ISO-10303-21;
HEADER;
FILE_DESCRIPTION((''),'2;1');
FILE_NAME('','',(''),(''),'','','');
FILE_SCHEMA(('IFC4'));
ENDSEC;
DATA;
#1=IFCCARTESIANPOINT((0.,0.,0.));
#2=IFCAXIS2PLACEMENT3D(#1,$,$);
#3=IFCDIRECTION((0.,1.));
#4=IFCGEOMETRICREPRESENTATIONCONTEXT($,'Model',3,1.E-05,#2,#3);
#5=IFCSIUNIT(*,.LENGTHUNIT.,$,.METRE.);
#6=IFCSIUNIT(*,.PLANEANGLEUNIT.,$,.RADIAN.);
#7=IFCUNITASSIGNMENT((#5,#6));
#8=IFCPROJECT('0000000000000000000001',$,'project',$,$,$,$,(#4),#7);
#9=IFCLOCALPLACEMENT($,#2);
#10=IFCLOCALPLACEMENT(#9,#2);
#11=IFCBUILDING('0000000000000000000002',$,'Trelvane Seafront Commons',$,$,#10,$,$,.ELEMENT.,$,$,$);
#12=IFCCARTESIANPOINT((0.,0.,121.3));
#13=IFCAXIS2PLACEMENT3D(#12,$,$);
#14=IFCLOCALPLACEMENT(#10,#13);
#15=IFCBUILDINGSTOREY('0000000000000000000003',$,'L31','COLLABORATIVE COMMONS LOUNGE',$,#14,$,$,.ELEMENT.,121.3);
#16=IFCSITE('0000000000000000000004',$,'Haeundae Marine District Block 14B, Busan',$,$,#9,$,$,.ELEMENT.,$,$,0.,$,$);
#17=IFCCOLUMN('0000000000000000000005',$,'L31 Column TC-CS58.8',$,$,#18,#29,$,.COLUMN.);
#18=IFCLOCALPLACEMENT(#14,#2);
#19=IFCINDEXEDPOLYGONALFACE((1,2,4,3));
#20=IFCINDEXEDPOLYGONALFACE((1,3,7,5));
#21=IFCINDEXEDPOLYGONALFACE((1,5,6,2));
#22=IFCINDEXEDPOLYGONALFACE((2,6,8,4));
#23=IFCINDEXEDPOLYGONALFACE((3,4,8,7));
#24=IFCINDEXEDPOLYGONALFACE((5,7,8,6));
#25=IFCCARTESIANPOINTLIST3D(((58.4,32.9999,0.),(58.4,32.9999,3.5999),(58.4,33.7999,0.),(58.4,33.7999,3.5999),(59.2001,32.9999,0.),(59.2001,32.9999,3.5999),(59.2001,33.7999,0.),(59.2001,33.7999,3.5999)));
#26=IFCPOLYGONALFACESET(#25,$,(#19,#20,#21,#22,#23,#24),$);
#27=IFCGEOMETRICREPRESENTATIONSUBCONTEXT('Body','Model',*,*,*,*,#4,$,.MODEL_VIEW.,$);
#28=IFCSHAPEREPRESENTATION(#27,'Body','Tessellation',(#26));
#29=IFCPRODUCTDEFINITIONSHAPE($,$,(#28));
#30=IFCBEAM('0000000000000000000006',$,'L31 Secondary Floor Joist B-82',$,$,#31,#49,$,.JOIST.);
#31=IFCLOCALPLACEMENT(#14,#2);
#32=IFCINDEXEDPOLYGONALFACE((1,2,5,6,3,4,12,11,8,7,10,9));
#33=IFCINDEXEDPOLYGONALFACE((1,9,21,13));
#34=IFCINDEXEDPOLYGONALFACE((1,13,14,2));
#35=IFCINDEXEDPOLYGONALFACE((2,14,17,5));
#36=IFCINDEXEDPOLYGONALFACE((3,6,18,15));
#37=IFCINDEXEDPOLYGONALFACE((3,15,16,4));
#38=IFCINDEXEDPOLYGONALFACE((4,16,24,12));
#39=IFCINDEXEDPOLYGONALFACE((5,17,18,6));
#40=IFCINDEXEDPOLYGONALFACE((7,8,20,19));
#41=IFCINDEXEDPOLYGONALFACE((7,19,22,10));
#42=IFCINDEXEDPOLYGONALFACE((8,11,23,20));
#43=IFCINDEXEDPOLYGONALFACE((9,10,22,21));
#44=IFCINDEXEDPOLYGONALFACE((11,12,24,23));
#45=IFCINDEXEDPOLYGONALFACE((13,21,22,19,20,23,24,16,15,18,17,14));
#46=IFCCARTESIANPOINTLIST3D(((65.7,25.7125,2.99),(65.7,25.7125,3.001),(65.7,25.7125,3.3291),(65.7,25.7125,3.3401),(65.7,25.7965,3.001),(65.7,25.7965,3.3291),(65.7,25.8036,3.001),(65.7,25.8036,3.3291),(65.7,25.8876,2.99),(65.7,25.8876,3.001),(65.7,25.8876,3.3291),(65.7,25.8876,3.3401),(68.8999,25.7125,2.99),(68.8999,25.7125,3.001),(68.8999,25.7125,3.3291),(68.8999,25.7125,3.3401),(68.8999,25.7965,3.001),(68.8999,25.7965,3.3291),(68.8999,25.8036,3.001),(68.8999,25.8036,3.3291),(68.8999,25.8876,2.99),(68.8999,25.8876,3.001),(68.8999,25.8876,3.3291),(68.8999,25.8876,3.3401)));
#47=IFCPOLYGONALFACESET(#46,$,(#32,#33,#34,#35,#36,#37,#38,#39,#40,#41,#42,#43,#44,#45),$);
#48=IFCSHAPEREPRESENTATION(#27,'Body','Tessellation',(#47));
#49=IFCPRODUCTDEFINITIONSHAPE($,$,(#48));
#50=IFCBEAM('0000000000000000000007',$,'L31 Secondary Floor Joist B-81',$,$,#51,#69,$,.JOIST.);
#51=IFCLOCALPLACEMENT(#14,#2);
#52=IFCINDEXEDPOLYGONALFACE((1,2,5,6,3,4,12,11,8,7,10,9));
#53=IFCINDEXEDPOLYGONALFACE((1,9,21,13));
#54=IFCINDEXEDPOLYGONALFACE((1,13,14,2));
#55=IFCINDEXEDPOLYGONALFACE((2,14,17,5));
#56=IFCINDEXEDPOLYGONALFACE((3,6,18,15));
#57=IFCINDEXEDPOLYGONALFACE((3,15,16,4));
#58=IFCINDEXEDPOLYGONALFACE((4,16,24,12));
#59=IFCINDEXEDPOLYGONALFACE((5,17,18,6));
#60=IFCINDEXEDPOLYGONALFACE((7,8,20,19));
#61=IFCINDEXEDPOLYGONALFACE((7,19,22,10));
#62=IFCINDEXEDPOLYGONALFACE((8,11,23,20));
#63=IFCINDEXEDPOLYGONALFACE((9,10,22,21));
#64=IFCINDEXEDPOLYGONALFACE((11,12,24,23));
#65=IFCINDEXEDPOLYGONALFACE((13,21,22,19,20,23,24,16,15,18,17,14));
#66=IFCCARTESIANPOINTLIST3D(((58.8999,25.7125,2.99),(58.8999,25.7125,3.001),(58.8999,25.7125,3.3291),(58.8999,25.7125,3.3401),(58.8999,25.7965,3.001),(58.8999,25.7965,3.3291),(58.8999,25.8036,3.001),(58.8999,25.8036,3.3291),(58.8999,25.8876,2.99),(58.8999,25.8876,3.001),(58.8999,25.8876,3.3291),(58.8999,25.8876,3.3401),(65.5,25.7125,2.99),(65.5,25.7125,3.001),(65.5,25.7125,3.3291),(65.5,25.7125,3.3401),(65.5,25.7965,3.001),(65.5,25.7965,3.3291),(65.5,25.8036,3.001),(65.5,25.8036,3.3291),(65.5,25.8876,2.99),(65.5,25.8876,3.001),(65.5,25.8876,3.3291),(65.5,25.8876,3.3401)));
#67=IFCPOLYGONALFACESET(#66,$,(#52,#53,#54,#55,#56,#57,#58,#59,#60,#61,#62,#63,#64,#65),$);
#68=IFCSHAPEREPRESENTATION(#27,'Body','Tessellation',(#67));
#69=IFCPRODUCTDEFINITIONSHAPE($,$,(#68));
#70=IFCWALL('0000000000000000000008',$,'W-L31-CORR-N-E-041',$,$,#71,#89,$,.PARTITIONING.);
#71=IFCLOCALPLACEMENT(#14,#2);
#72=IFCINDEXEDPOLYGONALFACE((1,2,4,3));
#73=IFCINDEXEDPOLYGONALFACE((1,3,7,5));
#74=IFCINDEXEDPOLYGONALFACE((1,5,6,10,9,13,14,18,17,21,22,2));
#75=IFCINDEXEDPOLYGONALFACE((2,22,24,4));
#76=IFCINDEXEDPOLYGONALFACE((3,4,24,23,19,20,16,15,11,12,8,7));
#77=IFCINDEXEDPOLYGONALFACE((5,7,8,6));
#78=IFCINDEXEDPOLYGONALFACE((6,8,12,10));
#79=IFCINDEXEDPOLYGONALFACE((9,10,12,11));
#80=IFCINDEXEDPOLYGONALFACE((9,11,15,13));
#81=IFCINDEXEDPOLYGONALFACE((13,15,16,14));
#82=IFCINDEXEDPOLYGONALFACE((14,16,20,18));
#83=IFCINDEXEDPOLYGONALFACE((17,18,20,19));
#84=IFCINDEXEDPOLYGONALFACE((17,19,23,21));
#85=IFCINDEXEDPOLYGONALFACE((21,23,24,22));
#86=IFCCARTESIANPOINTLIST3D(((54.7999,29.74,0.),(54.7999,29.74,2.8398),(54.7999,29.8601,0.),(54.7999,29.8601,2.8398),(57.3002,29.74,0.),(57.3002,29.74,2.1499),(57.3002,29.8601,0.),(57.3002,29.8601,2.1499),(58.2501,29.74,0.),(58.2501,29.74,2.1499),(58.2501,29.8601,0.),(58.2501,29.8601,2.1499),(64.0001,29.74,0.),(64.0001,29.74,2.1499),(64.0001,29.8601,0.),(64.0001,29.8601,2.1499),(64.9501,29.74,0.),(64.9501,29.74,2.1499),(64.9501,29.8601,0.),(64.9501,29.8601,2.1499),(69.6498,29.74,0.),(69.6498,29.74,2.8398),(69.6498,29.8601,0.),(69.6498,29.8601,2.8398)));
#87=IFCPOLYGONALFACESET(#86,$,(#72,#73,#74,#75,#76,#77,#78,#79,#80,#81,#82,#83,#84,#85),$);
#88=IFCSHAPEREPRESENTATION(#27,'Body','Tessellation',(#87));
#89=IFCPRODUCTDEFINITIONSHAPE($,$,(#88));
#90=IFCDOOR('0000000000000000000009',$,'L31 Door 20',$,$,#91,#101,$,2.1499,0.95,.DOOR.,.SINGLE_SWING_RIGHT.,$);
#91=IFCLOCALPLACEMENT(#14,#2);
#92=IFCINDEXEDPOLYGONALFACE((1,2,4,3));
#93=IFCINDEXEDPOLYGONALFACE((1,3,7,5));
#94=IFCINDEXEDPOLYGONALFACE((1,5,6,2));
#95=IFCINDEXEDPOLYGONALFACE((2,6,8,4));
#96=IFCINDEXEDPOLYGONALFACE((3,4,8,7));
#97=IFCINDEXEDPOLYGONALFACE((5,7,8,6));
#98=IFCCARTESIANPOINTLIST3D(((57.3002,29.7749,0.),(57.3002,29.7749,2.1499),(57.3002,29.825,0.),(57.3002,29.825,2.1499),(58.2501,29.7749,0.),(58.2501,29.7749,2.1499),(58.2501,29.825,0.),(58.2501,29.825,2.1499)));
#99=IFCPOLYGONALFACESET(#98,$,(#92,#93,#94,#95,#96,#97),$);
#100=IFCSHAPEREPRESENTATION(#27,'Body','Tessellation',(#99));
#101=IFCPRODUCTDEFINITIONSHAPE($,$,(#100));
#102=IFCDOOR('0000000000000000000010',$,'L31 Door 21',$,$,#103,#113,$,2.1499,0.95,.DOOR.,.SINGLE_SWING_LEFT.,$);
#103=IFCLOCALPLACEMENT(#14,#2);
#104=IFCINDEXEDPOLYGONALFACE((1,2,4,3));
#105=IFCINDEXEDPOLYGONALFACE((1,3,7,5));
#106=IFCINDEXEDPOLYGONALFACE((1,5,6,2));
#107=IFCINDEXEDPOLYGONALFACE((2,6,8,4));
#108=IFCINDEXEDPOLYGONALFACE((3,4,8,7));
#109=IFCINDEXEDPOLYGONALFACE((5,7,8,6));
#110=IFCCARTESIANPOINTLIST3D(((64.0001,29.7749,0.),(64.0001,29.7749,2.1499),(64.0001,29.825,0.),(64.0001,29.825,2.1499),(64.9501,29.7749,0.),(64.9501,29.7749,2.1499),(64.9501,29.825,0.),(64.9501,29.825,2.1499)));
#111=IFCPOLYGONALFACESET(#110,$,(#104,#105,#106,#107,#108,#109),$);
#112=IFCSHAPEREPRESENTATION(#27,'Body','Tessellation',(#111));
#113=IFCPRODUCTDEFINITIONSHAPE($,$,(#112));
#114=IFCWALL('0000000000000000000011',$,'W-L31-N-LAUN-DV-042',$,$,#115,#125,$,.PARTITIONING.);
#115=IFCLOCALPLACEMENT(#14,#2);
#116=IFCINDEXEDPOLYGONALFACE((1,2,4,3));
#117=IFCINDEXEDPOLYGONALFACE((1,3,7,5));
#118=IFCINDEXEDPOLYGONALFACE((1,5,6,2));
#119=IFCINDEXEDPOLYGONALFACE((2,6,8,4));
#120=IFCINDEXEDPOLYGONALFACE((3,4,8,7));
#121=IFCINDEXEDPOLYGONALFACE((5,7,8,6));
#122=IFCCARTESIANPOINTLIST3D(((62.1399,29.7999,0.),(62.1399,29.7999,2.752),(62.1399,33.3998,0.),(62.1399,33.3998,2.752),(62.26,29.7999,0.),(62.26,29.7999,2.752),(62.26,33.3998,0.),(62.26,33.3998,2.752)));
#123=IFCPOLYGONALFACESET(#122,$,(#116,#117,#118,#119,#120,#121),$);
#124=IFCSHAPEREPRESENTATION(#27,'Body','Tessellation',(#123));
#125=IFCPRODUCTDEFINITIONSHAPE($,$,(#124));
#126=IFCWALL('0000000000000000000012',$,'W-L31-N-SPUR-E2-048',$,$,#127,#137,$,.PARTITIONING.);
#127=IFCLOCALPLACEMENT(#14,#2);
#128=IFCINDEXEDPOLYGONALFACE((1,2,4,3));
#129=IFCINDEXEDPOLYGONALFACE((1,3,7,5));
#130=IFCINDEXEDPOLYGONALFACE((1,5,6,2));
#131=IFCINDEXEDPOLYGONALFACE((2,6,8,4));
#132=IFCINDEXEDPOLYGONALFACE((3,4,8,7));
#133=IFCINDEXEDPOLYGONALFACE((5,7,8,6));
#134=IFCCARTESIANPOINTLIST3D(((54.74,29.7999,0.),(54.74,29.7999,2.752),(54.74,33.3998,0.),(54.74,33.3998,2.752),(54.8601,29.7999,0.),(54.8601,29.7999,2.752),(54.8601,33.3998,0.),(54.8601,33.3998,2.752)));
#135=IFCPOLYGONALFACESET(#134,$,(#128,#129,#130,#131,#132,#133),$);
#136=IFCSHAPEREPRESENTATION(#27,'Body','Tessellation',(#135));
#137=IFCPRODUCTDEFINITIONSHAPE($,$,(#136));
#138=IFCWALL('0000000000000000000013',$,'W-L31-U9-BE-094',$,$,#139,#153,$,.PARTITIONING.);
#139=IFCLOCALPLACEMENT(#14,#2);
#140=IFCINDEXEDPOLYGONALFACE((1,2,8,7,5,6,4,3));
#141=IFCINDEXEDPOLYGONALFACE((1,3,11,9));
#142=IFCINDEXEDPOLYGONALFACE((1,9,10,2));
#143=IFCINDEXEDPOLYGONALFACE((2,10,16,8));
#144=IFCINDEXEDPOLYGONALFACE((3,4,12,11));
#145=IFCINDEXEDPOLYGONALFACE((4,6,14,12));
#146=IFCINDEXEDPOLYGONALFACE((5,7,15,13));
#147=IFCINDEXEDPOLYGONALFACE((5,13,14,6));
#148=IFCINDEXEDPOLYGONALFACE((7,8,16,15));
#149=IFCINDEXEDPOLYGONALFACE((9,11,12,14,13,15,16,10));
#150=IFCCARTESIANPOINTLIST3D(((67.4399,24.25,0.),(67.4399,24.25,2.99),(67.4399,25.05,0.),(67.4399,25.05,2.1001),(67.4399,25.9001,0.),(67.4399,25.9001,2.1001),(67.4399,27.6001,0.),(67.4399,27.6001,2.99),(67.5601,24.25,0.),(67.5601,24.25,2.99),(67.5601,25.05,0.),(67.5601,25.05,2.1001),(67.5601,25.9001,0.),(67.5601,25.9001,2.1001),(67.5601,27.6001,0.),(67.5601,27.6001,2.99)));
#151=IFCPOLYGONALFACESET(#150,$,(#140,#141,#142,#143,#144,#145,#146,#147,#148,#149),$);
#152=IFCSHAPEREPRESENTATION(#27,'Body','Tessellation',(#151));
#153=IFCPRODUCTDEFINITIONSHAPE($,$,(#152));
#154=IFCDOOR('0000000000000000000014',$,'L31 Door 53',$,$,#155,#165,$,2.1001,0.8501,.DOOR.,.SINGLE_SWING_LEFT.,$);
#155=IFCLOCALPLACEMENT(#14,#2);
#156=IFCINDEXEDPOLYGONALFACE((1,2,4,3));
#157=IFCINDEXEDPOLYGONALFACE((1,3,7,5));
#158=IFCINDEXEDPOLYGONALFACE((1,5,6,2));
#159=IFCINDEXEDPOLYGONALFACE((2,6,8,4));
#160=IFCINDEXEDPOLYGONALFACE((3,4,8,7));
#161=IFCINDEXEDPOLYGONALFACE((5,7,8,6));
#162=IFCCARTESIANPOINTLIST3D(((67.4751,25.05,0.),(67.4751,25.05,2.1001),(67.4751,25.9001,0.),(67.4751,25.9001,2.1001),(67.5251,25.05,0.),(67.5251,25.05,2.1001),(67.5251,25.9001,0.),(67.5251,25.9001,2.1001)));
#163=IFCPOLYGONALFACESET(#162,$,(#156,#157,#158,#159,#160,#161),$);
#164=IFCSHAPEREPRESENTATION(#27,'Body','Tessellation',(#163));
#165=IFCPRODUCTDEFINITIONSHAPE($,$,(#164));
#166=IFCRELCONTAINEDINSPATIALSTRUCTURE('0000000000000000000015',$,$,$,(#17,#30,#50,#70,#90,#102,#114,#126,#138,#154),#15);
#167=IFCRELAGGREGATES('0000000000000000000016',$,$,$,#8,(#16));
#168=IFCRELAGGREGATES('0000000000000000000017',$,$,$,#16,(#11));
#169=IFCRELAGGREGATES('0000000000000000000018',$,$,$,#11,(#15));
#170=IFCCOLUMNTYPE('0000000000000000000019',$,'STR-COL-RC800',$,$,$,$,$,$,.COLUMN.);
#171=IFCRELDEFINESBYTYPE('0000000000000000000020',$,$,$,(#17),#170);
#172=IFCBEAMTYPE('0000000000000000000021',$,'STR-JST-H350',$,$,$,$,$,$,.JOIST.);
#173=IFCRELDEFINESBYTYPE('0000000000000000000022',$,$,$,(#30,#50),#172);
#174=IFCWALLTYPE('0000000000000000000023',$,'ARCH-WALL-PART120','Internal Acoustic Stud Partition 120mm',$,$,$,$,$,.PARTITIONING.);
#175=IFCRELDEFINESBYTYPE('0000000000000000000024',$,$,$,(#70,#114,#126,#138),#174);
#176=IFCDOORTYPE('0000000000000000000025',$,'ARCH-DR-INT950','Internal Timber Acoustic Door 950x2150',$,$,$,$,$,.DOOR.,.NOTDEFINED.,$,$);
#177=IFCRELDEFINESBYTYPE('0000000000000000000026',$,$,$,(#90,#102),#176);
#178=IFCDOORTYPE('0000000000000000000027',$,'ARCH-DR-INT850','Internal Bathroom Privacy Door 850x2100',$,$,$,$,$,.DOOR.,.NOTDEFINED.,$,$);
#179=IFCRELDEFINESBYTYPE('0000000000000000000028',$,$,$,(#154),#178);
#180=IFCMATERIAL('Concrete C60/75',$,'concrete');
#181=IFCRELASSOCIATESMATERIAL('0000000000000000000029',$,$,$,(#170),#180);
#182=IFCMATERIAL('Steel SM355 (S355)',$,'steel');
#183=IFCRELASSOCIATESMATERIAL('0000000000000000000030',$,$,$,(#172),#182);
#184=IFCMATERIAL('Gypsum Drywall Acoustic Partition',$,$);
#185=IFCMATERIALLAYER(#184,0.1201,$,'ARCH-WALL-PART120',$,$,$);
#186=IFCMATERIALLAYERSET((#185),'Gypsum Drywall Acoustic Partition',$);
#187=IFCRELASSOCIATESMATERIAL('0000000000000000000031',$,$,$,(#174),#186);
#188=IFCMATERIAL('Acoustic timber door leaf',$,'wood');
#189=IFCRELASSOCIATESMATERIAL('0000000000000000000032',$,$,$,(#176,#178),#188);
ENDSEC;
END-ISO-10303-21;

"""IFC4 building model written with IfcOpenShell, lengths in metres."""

from ifc_helpers import new_model, si_unit, direction, frame, frame_2d, origin, origin_2d, place, context, subcontext, project, spatial, rectangle, i_section, extrude, source, transform, mapped, material, layer, layer_set, material_profile, profile_set, type_object, element, fill, save


model = new_model("IFC4")

# Units and contexts
model_context = context("Model", 3, precision=1e-05, world=origin(), true_north=direction((0.0, 1.0)))
body_context = subcontext(model_context, "Body", "Model", "MODEL_VIEW")
ifc_project = project(units=[si_unit("LENGTHUNIT", "METRE"), si_unit("PLANEANGLEUNIT", "RADIAN")], contexts=[model_context])

# Site, building, storey
site_placement = place(None, origin())
site = spatial("IfcSite", under=ifc_project, at=site_placement, Name="Haeundae Marine District Block 14B, Busan", CompositionType="ELEMENT", RefElevation=0.0)
building_placement = place(site_placement, origin())
building = spatial("IfcBuilding", under=site, at=building_placement, Name="Trelvane Seafront Commons", CompositionType="ELEMENT")
storey_placement = place(building_placement, frame((0.0, 0.0, 121.3)))
storey = spatial("IfcBuildingStorey", under=building, at=storey_placement, Name="L31", Description="COLLABORATIVE COMMONS LOUNGE", CompositionType="ELEMENT", Elevation=121.3)

# Column
ifc_material_1 = material(Name="Concrete C60/75", Category="concrete")
ifc_material_profile_1 = material_profile(ifc_material_1, rectangle(XDim=0.8, YDim=0.8, at=origin_2d()), Name="RC-800x800")
ifc_profile_set_1 = profile_set([ifc_material_profile_1], Name="Concrete C60/75")
column_type = type_object("IfcColumnType", Name="STR-COL-RC800", PredefinedType="COLUMN", material=ifc_profile_set_1)
shared_shape_1 = source(origin(), body_context, "Body", "SweptSolid", [
    extrude(rectangle(XDim=0.8, YDim=0.8, at=origin_2d()), origin(), (0.0, 0.0, 1.0), 3.5999),
])
column_placement = place(storey_placement, frame((58.8, 33.3999, 0.0), z_axis=(0.0, 0.0, 1.0), x_axis=(1.0, 0.0, 0.0)))
element("IfcColumn", 1, at=column_placement, inside=storey, type_object=column_type, Name="L31 Column TC-CS58.8", PredefinedType="COLUMN", context=body_context, shape_type="MappedRepresentation", body=[
    mapped(shared_shape_1, transform((0.0, 0.0, 0.0), x_axis=(1.0, 0.0, 0.0), y_axis=(0.0, 1.0, 0.0), z_axis=(0.0, 0.0, 1.0), scale=1.0)),
])

# Beams
ifc_material_2 = material(Name="Steel SM355 (S355)", Category="steel")
ifc_material_profile_2 = material_profile(ifc_material_2, i_section(OverallWidth=0.175, OverallDepth=0.3501, WebThickness=0.0071, FlangeThickness=0.011, at=origin_2d()), Name="H-350x175x7x11")
ifc_profile_set_2 = profile_set([ifc_material_profile_2], Name="Steel SM355 (S355)")
beam_type = type_object("IfcBeamType", Name="STR-JST-H350", PredefinedType="JOIST", material=ifc_profile_set_2)
shared_shape_2 = source(origin(), body_context, "Body", "SweptSolid", [
    extrude(i_section(OverallWidth=0.175, OverallDepth=0.3501, WebThickness=0.0071, FlangeThickness=0.011, at=origin_2d()), origin(), (0.0, 0.0, 1.0), 3.2),
])
beam_1_placement = place(storey_placement, frame((65.7, 25.8, 3.165), z_axis=(1.0, 0.0, 0.0), x_axis=(0.0, 1.0, 0.0)))
element("IfcBeam", 2, at=beam_1_placement, inside=storey, type_object=beam_type, Name="L31 Secondary Floor Joist B-82", PredefinedType="JOIST", context=body_context, shape_type="MappedRepresentation", body=[
    mapped(shared_shape_2, transform((0.0, 0.0, 0.0), x_axis=(1.0, 0.0, 0.0), y_axis=(0.0, 1.0, 0.0), z_axis=(0.0, 0.0, 1.0), scale=1.0)),
])
shared_shape_3 = source(origin(), body_context, "Body", "SweptSolid", [
    extrude(i_section(OverallWidth=0.175, OverallDepth=0.3501, WebThickness=0.0071, FlangeThickness=0.011, at=origin_2d()), origin(), (0.0, 0.0, 1.0), 6.6001),
])
beam_2_placement = place(storey_placement, frame((58.8999, 25.8, 3.165), z_axis=(1.0, 0.0, 0.0), x_axis=(0.0, 1.0, 0.0)))
element("IfcBeam", 3, at=beam_2_placement, inside=storey, type_object=beam_type, Name="L31 Secondary Floor Joist B-81", PredefinedType="JOIST", context=body_context, shape_type="MappedRepresentation", body=[
    mapped(shared_shape_3, transform((0.0, 0.0, 0.0), x_axis=(1.0, 0.0, 0.0), y_axis=(0.0, 1.0, 0.0), z_axis=(0.0, 0.0, 1.0), scale=1.0)),
])

# Wall, openings, doors
ifc_material_3 = material(Name="Gypsum Drywall Acoustic Partition")
ifc_layer_1 = layer(ifc_material_3, 0.1201, Name="ARCH-WALL-PART120")
ifc_layer_set_1 = layer_set([ifc_layer_1], Name="Gypsum Drywall Acoustic Partition")
wall_type_1 = type_object("IfcWallType", Name="ARCH-WALL-PART120", Description="Internal Acoustic Stud Partition 120mm", PredefinedType="PARTITIONING", material=ifc_layer_set_1)
wall_1_placement = place(storey_placement, frame((54.8, 29.8, 0.0), z_axis=(0.0, 0.0, 1.0), x_axis=(1.0, 0.0, 0.0)))
wall_1 = element("IfcWall", 4, at=wall_1_placement, inside=storey, type_object=wall_type_1, Name="W-L31-CORR-N-E-041", PredefinedType="PARTITIONING", context=body_context, shape_type="SweptSolid", body=[
    extrude(rectangle(XDim=14.8499, YDim=0.1201, at=frame_2d((7.4248, 0.0))), origin(), (0.0, 0.0, 1.0), 2.8398),
])
opening_1_placement = place(wall_1_placement, frame((2.5, 0.0, 0.0)))
opening_1 = element("IfcOpeningElement", 5, at=opening_1_placement, cuts=wall_1, PredefinedType="OPENING", context=body_context, shape_type="SweptSolid", body=[
    extrude(rectangle(XDim=0.95, YDim=2.1499, at=frame_2d((0.4751, 1.075))), frame((0.0, 0.0701, 0.0), z_axis=(0.0, -1.0, 0.0), x_axis=(1.0, 0.0, 0.0)), (0.0, 0.0, 1.0), 0.1401),
])
opening_2_placement = place(wall_1_placement, frame((9.2, 0.0, 0.0)))
opening_2 = element("IfcOpeningElement", 6, at=opening_2_placement, cuts=wall_1, PredefinedType="OPENING", context=body_context, shape_type="SweptSolid", body=[
    extrude(rectangle(XDim=0.95, YDim=2.1499, at=frame_2d((0.4751, 1.075))), frame((0.0, 0.0701, 0.0), z_axis=(0.0, -1.0, 0.0), x_axis=(1.0, 0.0, 0.0)), (0.0, 0.0, 1.0), 0.1401),
])
ifc_material_4 = material(Name="Acoustic timber door leaf", Category="wood")
door_type_1 = type_object("IfcDoorType", Name="ARCH-DR-INT950", Description="Internal Timber Acoustic Door 950x2150", OperationType="NOTDEFINED", PredefinedType="DOOR", material=ifc_material_4)
shared_shape_4 = source(origin(), body_context, "Body", "SweptSolid", [
    extrude(rectangle(XDim=0.95, YDim=2.1499, at=frame_2d((0.4751, 1.075))), frame((0.0, 0.0249, 0.0), z_axis=(0.0, -1.0, 0.0), x_axis=(1.0, 0.0, 0.0)), (0.0, 0.0, 1.0), 0.05),
])
door_1_placement = place(opening_1_placement, origin())
door_1 = element("IfcDoor", 7, at=door_1_placement, inside=storey, type_object=door_type_1, Name="L31 Door 20", OperationType="SINGLE_SWING_RIGHT", OverallHeight=2.1499, OverallWidth=0.95, PredefinedType="DOOR", context=body_context, shape_type="MappedRepresentation", body=[
    mapped(shared_shape_4, transform((0.0, 0.0, 0.0), x_axis=(1.0, 0.0, 0.0), y_axis=(0.0, 1.0, 0.0), z_axis=(0.0, 0.0, 1.0), scale=1.0)),
])
fill(opening_1, door_1)
door_2_placement = place(opening_2_placement, origin())
door_2 = element("IfcDoor", 8, at=door_2_placement, inside=storey, type_object=door_type_1, Name="L31 Door 21", OperationType="SINGLE_SWING_LEFT", OverallHeight=2.1499, OverallWidth=0.95, PredefinedType="DOOR", context=body_context, shape_type="MappedRepresentation", body=[
    mapped(shared_shape_4, transform((0.0, 0.0, 0.0), x_axis=(1.0, 0.0, 0.0), y_axis=(0.0, 1.0, 0.0), z_axis=(0.0, 0.0, 1.0), scale=1.0)),
])
fill(opening_2, door_2)

# Walls
for number, where, z_axis, x_axis, name in (
    (9, (62.2, 29.8, 0.0), (0.0, 0.0, 1.0), (0.0, 1.0, 0.0), "W-L31-N-LAUN-DV-042"),
    (10, (54.8, 29.8, 0.0), (0.0, 0.0, 1.0), (0.0, 1.0, 0.0), "W-L31-N-SPUR-E2-048"),
):
    element("IfcWall", number, at=place(storey_placement, frame(where, z_axis=z_axis, x_axis=x_axis)), inside=storey, type_object=wall_type_1, Name=name, PredefinedType="PARTITIONING", context=body_context, shape_type="SweptSolid", body=[
        extrude(rectangle(XDim=3.5999, YDim=0.1201, at=frame_2d((1.7998, 0.0))), origin(), (0.0, 0.0, 1.0), 2.752),
    ])

# Wall, opening, door
wall_2_placement = place(storey_placement, frame((67.5, 24.25, 0.0), z_axis=(0.0, 0.0, 1.0), x_axis=(0.0, 1.0, 0.0)))
wall_2 = element("IfcWall", 11, at=wall_2_placement, inside=storey, type_object=wall_type_1, Name="W-L31-U9-BE-094", PredefinedType="PARTITIONING", context=body_context, shape_type="SweptSolid", body=[
    extrude(rectangle(XDim=3.3501, YDim=0.1201, at=frame_2d((1.675, 0.0))), origin(), (0.0, 0.0, 1.0), 2.99),
])
opening_3_placement = place(wall_2_placement, frame((0.8, 0.0, 0.0)))
opening_3 = element("IfcOpeningElement", 12, at=opening_3_placement, cuts=wall_2, PredefinedType="OPENING", context=body_context, shape_type="SweptSolid", body=[
    extrude(rectangle(XDim=0.8501, YDim=2.1001, at=frame_2d((0.425, 1.05))), frame((0.0, 0.0701, 0.0), z_axis=(0.0, -1.0, 0.0), x_axis=(1.0, 0.0, 0.0)), (0.0, 0.0, 1.0), 0.1401),
])
door_type_2 = type_object("IfcDoorType", Name="ARCH-DR-INT850", Description="Internal Bathroom Privacy Door 850x2100", OperationType="NOTDEFINED", PredefinedType="DOOR", material=ifc_material_4)
shared_shape_5 = source(origin(), body_context, "Body", "SweptSolid", [
    extrude(rectangle(XDim=0.8501, YDim=2.1001, at=frame_2d((0.425, 1.05))), frame((0.0, 0.0249, 0.0), z_axis=(0.0, -1.0, 0.0), x_axis=(1.0, 0.0, 0.0)), (0.0, 0.0, 1.0), 0.05),
])
door_3_placement = place(opening_3_placement, origin())
door_3 = element("IfcDoor", 13, at=door_3_placement, inside=storey, type_object=door_type_2, Name="L31 Door 53", OperationType="SINGLE_SWING_LEFT", OverallHeight=2.1001, OverallWidth=0.8501, PredefinedType="DOOR", context=body_context, shape_type="MappedRepresentation", body=[
    mapped(shared_shape_5, transform((0.0, 0.0, 0.0), x_axis=(1.0, 0.0, 0.0), y_axis=(0.0, 1.0, 0.0), z_axis=(0.0, 0.0, 1.0), scale=1.0)),
])
fill(opening_3, door_3)

save(model, "model.ifc")
